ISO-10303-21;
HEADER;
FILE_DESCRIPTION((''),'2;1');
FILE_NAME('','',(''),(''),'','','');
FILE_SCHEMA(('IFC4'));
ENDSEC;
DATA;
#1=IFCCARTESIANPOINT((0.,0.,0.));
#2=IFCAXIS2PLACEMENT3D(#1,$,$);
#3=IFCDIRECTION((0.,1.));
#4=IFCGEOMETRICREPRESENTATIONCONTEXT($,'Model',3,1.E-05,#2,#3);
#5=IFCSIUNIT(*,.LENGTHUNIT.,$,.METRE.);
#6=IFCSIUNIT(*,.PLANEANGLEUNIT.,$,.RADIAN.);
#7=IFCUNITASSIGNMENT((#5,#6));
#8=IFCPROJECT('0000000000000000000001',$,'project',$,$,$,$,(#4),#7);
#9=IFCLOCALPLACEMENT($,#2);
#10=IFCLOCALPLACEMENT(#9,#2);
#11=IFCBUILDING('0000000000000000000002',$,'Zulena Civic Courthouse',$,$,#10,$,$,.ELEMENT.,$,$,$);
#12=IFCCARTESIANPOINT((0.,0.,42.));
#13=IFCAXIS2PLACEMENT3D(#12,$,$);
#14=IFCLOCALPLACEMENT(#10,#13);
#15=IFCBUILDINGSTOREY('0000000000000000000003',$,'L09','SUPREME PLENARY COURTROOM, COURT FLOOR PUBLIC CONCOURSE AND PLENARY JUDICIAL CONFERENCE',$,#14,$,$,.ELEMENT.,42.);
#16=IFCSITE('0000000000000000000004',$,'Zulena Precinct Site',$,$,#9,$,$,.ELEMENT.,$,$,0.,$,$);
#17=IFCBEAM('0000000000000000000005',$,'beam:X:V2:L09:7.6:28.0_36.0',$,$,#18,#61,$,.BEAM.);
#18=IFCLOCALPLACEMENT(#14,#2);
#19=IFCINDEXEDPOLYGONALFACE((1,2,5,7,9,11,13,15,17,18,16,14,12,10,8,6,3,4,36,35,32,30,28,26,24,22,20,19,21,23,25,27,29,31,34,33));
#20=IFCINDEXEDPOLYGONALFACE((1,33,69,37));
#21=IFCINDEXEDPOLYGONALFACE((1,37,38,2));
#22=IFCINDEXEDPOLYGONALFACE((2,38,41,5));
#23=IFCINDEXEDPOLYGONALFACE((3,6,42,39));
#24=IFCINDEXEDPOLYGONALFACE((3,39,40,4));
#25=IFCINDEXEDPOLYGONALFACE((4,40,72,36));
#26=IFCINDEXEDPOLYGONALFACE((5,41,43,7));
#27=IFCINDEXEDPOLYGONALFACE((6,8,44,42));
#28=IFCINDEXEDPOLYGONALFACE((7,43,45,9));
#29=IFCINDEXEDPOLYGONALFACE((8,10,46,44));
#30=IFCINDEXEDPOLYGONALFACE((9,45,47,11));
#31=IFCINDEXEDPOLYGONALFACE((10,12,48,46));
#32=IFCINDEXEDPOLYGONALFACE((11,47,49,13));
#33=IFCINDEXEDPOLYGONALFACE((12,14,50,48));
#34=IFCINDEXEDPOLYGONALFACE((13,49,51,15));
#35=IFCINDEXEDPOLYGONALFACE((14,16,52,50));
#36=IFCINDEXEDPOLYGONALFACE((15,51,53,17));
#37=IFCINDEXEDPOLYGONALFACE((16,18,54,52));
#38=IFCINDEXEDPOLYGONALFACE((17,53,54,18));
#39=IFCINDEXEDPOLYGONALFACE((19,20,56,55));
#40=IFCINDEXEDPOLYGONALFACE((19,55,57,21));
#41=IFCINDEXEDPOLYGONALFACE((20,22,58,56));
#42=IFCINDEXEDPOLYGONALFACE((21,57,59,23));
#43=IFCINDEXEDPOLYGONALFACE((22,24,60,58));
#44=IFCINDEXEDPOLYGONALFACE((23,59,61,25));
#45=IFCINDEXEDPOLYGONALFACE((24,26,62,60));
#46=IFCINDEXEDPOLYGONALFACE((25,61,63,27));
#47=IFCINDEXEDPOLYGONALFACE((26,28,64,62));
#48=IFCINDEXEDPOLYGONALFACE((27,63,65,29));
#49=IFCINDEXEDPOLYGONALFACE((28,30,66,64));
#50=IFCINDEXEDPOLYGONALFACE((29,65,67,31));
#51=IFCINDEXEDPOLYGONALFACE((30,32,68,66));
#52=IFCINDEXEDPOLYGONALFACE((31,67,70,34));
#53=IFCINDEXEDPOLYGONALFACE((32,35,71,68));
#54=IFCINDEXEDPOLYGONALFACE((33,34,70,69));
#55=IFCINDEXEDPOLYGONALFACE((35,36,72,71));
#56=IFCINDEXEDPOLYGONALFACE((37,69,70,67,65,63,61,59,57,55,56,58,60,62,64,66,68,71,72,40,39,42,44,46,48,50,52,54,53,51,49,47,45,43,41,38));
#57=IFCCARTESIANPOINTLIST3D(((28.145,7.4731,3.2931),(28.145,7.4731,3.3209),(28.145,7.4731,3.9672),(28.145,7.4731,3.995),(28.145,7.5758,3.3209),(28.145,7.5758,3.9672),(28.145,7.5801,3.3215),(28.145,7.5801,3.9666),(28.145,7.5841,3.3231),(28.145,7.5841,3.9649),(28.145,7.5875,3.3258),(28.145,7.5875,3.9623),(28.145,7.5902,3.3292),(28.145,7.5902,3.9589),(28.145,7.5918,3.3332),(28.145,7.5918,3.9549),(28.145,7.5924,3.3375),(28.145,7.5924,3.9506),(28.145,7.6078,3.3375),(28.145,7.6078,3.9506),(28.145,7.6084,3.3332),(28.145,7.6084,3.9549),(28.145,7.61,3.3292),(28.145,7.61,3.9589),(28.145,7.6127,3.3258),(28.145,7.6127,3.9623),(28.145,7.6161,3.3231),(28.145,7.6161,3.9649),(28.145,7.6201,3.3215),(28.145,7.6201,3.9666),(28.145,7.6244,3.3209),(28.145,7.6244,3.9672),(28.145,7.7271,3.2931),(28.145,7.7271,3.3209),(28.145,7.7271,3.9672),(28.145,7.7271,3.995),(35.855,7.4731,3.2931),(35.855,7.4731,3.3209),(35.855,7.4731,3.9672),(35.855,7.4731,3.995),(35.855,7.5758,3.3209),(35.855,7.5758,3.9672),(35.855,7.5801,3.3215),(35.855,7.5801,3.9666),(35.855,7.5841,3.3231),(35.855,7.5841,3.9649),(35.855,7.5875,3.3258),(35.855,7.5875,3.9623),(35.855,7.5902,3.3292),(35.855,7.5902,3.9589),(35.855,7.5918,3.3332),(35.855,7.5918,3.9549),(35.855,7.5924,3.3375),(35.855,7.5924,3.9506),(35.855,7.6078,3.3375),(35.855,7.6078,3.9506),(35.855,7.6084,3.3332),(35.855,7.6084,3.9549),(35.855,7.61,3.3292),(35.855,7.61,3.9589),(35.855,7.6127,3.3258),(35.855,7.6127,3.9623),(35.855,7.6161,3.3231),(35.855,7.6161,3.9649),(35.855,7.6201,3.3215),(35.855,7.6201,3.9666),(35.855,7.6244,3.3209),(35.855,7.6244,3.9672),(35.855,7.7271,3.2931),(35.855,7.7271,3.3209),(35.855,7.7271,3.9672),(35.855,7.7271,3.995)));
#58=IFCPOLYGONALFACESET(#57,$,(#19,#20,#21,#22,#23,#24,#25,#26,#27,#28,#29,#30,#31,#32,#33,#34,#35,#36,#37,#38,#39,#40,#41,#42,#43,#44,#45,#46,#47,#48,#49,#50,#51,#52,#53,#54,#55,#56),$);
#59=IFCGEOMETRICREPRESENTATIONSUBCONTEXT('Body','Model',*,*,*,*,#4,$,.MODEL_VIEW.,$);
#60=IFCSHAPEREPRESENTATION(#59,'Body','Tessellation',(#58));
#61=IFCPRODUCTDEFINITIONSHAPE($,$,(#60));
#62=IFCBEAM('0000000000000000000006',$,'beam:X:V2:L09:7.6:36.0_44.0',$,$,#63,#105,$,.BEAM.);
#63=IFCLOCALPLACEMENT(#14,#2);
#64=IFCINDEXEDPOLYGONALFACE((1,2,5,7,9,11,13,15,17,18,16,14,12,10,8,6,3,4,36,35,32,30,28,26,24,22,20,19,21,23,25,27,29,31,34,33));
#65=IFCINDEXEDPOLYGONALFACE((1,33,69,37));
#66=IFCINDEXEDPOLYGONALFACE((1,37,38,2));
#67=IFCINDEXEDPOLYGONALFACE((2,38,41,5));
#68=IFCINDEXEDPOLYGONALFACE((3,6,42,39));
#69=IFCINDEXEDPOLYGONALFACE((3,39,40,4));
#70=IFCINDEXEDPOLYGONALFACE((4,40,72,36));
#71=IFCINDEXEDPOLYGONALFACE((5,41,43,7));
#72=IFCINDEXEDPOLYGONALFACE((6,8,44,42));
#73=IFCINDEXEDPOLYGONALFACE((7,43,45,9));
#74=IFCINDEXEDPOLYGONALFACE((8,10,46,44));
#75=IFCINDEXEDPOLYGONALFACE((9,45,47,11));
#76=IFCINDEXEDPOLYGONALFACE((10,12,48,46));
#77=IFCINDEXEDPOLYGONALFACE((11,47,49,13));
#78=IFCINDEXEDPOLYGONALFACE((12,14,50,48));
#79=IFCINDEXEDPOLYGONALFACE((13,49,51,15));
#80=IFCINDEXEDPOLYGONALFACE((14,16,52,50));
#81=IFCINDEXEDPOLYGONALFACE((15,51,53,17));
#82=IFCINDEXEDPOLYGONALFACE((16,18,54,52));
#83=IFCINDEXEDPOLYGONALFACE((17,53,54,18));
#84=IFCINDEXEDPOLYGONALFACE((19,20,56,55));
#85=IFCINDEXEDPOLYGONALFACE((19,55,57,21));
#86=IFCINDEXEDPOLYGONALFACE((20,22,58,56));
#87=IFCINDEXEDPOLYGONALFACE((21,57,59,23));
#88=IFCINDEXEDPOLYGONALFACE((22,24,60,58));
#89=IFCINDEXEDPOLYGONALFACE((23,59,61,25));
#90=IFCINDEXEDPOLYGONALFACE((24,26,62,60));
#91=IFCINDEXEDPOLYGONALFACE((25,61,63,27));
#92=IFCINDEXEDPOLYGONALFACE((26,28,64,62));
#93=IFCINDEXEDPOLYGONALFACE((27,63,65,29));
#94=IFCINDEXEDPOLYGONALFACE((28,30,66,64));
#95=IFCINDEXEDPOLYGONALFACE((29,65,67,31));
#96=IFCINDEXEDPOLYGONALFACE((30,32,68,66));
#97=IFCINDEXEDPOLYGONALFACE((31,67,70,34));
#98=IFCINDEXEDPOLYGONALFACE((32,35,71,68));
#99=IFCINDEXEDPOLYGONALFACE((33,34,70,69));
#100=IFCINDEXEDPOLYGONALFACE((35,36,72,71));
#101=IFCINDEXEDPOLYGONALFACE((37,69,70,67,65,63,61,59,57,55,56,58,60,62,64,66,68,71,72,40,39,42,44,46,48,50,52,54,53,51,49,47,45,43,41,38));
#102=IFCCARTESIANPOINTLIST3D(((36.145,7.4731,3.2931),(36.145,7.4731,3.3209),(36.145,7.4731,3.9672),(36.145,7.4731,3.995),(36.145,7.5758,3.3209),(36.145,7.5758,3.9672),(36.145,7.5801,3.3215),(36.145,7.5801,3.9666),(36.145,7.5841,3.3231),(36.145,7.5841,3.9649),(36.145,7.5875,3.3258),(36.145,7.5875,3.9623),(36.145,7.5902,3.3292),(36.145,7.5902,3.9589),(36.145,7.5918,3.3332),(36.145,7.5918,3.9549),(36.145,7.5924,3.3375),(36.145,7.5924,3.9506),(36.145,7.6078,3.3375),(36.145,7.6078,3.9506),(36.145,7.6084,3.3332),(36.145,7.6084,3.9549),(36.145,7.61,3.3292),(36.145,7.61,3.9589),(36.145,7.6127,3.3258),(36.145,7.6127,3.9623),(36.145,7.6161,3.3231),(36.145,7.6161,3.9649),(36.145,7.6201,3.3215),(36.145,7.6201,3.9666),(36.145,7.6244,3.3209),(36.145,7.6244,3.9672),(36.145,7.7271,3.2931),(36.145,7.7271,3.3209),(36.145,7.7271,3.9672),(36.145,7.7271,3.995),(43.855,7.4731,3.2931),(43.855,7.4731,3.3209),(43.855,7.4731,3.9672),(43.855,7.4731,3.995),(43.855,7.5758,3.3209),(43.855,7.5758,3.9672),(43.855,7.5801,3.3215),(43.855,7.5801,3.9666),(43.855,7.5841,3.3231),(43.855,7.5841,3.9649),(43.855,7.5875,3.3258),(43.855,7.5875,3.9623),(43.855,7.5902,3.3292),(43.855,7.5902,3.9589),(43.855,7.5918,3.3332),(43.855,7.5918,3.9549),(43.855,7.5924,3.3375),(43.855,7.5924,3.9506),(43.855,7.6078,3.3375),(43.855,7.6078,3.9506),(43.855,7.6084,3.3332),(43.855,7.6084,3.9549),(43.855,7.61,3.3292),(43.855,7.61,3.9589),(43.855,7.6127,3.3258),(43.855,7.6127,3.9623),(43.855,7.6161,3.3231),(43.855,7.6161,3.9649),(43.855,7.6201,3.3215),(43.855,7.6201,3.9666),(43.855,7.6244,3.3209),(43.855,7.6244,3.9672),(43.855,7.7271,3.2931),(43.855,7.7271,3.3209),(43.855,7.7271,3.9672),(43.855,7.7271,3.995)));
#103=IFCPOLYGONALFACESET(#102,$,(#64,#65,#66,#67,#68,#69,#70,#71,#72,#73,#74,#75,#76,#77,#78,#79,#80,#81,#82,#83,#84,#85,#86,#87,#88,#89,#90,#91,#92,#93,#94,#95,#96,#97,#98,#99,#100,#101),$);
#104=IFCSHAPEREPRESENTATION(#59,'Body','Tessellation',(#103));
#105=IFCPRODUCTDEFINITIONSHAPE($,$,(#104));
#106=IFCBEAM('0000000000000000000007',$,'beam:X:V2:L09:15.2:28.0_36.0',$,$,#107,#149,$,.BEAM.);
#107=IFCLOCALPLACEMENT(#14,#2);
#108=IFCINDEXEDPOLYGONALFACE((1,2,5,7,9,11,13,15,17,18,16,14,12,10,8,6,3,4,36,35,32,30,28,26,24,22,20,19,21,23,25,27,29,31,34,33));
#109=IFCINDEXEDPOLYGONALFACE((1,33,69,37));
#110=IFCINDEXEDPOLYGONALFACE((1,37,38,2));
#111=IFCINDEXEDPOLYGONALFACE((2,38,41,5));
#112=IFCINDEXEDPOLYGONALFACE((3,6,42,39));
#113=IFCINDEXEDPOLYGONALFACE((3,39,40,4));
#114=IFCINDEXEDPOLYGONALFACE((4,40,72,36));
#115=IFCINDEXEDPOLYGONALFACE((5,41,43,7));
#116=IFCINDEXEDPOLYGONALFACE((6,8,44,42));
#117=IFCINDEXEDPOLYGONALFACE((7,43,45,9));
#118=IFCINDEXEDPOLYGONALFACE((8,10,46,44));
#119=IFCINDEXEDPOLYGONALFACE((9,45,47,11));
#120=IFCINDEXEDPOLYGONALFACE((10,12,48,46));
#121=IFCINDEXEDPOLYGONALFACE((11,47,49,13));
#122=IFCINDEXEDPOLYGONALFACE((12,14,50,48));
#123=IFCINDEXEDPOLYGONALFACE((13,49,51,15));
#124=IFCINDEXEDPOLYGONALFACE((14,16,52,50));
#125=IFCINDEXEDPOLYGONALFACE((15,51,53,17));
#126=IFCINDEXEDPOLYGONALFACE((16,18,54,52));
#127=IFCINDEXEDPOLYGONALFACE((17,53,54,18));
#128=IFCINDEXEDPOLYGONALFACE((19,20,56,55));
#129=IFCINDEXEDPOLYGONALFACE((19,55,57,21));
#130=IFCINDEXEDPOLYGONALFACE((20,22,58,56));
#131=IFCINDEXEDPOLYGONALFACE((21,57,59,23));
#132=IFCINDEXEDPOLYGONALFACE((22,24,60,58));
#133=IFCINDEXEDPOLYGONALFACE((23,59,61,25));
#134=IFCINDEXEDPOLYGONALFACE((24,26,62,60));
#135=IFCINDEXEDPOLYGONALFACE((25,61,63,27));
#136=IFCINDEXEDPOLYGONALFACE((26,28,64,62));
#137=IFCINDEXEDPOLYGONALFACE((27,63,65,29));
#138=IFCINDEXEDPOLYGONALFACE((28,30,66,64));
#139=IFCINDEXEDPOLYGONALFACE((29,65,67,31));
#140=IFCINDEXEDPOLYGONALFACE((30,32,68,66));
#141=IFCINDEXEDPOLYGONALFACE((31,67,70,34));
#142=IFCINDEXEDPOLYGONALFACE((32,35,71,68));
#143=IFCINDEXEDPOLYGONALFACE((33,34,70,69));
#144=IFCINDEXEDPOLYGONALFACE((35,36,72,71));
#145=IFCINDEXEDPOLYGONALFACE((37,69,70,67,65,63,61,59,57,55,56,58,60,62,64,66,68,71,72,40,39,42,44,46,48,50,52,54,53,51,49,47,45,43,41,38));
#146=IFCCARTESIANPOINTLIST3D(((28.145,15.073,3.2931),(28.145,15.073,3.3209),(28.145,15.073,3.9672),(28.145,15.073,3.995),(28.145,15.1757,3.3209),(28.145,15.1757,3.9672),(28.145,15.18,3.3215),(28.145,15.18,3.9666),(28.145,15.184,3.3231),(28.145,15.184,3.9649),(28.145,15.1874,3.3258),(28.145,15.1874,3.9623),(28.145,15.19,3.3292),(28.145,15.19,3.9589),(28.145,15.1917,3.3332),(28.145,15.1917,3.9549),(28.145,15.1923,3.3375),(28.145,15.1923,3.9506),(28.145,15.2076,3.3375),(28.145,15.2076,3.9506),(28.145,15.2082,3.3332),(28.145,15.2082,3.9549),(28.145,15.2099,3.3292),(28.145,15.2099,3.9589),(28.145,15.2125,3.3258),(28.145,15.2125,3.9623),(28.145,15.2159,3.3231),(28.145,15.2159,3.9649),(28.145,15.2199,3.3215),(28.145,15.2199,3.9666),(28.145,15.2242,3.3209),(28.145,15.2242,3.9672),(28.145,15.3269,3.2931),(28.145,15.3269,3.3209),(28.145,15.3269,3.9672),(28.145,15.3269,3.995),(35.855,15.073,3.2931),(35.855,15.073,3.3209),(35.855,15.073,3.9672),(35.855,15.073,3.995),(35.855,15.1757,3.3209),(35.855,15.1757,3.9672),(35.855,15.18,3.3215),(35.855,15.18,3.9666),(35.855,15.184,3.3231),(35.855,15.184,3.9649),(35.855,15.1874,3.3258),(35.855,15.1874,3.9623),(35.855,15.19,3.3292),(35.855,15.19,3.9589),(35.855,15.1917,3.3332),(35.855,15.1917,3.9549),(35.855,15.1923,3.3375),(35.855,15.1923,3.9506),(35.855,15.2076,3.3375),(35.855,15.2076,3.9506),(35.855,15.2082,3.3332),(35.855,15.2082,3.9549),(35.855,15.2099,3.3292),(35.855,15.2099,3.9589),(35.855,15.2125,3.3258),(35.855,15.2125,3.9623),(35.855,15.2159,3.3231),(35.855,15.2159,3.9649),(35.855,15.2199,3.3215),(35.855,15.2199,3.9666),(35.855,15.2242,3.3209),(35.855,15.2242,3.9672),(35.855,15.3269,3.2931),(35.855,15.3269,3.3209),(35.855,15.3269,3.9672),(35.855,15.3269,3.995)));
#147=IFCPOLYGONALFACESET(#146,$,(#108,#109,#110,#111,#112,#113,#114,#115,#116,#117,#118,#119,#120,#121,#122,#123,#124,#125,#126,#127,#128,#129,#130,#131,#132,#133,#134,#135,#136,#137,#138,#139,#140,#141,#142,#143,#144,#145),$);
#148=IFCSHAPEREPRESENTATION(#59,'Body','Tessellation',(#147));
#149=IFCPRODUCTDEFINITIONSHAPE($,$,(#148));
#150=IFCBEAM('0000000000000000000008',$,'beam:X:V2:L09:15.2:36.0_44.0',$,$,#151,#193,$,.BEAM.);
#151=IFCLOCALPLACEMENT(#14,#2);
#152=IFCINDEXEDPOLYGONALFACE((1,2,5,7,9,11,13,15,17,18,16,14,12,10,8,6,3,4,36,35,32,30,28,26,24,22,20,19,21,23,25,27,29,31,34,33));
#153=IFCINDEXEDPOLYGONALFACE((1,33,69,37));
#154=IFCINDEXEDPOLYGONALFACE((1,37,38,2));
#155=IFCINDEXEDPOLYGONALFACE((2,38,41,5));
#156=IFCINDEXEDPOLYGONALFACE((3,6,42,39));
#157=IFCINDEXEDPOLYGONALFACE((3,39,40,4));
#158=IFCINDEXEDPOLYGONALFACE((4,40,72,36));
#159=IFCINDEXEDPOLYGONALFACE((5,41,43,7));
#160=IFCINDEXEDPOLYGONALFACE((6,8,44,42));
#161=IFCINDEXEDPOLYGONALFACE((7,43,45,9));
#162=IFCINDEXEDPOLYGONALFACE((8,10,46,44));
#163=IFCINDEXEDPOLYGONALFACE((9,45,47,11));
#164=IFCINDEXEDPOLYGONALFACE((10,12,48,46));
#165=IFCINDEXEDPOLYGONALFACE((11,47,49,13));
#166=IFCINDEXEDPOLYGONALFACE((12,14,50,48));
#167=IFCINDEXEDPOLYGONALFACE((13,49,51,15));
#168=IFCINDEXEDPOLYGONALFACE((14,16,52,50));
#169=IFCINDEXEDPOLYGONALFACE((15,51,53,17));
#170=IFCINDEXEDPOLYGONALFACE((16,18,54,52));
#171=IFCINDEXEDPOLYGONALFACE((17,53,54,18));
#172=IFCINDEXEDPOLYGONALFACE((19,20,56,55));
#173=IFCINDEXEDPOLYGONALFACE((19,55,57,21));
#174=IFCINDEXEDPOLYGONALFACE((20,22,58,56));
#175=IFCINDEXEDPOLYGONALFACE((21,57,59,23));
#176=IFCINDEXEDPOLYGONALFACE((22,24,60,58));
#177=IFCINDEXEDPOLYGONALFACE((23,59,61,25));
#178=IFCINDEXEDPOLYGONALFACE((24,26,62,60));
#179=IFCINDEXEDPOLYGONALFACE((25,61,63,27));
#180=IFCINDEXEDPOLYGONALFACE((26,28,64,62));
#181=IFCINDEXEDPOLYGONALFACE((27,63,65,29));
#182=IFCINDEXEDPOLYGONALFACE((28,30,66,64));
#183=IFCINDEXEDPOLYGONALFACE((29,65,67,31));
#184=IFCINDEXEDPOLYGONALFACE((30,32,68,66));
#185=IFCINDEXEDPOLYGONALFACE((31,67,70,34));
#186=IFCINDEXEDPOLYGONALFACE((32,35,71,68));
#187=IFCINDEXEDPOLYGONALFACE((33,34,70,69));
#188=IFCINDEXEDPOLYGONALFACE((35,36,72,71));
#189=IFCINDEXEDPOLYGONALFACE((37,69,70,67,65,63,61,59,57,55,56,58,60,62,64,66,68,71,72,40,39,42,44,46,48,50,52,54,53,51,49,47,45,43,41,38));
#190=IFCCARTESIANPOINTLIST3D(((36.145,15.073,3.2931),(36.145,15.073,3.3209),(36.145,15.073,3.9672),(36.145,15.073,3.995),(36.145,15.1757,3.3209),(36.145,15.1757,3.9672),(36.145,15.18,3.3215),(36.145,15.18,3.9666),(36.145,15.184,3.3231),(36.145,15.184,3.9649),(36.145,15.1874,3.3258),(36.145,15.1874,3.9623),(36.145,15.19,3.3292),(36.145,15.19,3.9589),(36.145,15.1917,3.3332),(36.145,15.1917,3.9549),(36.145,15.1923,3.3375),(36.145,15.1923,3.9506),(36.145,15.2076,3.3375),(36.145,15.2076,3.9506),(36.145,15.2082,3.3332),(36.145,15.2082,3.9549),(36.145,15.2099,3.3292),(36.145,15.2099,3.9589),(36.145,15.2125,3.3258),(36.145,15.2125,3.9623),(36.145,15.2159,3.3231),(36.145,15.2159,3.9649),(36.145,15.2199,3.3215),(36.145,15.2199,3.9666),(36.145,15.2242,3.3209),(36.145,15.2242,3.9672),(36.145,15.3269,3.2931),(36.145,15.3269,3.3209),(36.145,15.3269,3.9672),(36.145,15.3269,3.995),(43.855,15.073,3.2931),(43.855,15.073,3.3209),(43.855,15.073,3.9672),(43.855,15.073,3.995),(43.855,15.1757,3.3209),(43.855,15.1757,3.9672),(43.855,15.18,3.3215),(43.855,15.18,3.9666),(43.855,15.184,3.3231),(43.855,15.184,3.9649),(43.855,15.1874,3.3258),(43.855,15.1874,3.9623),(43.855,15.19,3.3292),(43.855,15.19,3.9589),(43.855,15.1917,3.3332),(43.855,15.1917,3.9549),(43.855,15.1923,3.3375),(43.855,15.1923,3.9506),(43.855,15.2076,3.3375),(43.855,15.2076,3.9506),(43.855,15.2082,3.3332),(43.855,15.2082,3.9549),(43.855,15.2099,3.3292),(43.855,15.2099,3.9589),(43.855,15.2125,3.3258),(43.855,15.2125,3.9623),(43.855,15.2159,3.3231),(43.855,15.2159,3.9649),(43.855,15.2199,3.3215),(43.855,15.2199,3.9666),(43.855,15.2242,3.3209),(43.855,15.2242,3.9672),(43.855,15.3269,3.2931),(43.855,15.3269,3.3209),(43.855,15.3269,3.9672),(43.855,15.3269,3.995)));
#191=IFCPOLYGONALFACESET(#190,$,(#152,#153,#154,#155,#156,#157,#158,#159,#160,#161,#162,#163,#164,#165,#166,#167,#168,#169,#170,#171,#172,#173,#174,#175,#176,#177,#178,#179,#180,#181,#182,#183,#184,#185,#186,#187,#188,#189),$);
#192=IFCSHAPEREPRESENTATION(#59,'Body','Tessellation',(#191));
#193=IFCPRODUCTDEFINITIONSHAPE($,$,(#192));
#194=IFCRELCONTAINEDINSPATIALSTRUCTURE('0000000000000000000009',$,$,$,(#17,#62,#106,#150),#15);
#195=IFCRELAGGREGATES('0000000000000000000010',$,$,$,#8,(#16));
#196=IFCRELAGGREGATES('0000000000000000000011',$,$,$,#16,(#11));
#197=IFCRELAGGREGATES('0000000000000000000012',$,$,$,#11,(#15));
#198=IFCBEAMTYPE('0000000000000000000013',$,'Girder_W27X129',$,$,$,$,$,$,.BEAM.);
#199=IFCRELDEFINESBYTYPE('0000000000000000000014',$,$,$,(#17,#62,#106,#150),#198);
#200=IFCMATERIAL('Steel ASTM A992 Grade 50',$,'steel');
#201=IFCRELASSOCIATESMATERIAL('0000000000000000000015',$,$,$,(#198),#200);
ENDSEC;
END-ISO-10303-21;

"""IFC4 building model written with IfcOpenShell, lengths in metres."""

from ifc_helpers import new_model, si_unit, direction, frame, origin, origin_2d, place, context, subcontext, project, spatial, i_section, extrude, material, material_profile, profile_set, type_object, element, save


model = new_model("IFC4")

# Units and contexts
model_context = context("Model", 3, precision=1e-05, world=origin(), true_north=direction((0.0, 1.0)))
body_context = subcontext(model_context, "Body", "Model", "MODEL_VIEW")
ifc_project = project(units=[si_unit("LENGTHUNIT", "METRE"), si_unit("PLANEANGLEUNIT", "RADIAN")], contexts=[model_context])

# Site, building, storey
site_placement = place(None, origin())
site = spatial("IfcSite", under=ifc_project, at=site_placement, Name="Zulena Precinct Site", CompositionType="ELEMENT", RefElevation=0.0)
building_placement = place(site_placement, origin())
building = spatial("IfcBuilding", under=site, at=building_placement, Name="Zulena Civic Courthouse", CompositionType="ELEMENT")
storey_placement = place(building_placement, frame((0.0, 0.0, 42.0)))
storey = spatial("IfcBuildingStorey", under=building, at=storey_placement, Name="L09", Description="SUPREME PLENARY COURTROOM, COURT FLOOR PUBLIC CONCOURSE AND PLENARY JUDICIAL CONFERENCE", CompositionType="ELEMENT", Elevation=42.0)

# Shared definitions
ifc_material_1 = material(Name="Steel ASTM A992 Grade 50", Category="steel")

# Beams
ifc_material_profile_1 = material_profile(ifc_material_1, i_section(OverallWidth=0.2539, OverallDepth=0.7019, WebThickness=0.0154, FlangeThickness=0.0278, FilletRadius=0.0166, at=origin_2d()), Name="W27X129")
ifc_profile_set_1 = profile_set([ifc_material_profile_1], Name="Steel ASTM A992 Grade 50")
beam_type_1 = type_object("IfcBeamType", Name="Girder_W27X129", PredefinedType="BEAM", material=ifc_profile_set_1)
for number, where, z_axis, x_axis, name in (
    (1, (28.145, 7.6001, 3.644), (1.0, 0.0, 0.0), (0.0, 1.0, 0.0), "beam:X:V2:L09:7.6:28.0_36.0"),
    (2, (36.145, 7.6001, 3.644), (1.0, 0.0, 0.0), (0.0, 1.0, 0.0), "beam:X:V2:L09:7.6:36.0_44.0"),
    (3, (28.145, 15.2, 3.644), (1.0, 0.0, 0.0), (0.0, 1.0, 0.0), "beam:X:V2:L09:15.2:28.0_36.0"),
    (4, (36.145, 15.2, 3.644), (1.0, 0.0, 0.0), (0.0, 1.0, 0.0), "beam:X:V2:L09:15.2:36.0_44.0"),
):
    element("IfcBeam", number, at=place(storey_placement, frame(where, z_axis=z_axis, x_axis=x_axis)), inside=storey, type_object=beam_type_1, Name=name, PredefinedType="BEAM", context=body_context, shape_type="SweptSolid", body=[
        extrude(i_section(OverallWidth=0.2539, OverallDepth=0.7019, WebThickness=0.0154, FlangeThickness=0.0278, FilletRadius=0.0166, at=origin_2d()), origin(), (0.0, 0.0, 1.0), 7.71),
    ])

save(model, "model.ifc")
